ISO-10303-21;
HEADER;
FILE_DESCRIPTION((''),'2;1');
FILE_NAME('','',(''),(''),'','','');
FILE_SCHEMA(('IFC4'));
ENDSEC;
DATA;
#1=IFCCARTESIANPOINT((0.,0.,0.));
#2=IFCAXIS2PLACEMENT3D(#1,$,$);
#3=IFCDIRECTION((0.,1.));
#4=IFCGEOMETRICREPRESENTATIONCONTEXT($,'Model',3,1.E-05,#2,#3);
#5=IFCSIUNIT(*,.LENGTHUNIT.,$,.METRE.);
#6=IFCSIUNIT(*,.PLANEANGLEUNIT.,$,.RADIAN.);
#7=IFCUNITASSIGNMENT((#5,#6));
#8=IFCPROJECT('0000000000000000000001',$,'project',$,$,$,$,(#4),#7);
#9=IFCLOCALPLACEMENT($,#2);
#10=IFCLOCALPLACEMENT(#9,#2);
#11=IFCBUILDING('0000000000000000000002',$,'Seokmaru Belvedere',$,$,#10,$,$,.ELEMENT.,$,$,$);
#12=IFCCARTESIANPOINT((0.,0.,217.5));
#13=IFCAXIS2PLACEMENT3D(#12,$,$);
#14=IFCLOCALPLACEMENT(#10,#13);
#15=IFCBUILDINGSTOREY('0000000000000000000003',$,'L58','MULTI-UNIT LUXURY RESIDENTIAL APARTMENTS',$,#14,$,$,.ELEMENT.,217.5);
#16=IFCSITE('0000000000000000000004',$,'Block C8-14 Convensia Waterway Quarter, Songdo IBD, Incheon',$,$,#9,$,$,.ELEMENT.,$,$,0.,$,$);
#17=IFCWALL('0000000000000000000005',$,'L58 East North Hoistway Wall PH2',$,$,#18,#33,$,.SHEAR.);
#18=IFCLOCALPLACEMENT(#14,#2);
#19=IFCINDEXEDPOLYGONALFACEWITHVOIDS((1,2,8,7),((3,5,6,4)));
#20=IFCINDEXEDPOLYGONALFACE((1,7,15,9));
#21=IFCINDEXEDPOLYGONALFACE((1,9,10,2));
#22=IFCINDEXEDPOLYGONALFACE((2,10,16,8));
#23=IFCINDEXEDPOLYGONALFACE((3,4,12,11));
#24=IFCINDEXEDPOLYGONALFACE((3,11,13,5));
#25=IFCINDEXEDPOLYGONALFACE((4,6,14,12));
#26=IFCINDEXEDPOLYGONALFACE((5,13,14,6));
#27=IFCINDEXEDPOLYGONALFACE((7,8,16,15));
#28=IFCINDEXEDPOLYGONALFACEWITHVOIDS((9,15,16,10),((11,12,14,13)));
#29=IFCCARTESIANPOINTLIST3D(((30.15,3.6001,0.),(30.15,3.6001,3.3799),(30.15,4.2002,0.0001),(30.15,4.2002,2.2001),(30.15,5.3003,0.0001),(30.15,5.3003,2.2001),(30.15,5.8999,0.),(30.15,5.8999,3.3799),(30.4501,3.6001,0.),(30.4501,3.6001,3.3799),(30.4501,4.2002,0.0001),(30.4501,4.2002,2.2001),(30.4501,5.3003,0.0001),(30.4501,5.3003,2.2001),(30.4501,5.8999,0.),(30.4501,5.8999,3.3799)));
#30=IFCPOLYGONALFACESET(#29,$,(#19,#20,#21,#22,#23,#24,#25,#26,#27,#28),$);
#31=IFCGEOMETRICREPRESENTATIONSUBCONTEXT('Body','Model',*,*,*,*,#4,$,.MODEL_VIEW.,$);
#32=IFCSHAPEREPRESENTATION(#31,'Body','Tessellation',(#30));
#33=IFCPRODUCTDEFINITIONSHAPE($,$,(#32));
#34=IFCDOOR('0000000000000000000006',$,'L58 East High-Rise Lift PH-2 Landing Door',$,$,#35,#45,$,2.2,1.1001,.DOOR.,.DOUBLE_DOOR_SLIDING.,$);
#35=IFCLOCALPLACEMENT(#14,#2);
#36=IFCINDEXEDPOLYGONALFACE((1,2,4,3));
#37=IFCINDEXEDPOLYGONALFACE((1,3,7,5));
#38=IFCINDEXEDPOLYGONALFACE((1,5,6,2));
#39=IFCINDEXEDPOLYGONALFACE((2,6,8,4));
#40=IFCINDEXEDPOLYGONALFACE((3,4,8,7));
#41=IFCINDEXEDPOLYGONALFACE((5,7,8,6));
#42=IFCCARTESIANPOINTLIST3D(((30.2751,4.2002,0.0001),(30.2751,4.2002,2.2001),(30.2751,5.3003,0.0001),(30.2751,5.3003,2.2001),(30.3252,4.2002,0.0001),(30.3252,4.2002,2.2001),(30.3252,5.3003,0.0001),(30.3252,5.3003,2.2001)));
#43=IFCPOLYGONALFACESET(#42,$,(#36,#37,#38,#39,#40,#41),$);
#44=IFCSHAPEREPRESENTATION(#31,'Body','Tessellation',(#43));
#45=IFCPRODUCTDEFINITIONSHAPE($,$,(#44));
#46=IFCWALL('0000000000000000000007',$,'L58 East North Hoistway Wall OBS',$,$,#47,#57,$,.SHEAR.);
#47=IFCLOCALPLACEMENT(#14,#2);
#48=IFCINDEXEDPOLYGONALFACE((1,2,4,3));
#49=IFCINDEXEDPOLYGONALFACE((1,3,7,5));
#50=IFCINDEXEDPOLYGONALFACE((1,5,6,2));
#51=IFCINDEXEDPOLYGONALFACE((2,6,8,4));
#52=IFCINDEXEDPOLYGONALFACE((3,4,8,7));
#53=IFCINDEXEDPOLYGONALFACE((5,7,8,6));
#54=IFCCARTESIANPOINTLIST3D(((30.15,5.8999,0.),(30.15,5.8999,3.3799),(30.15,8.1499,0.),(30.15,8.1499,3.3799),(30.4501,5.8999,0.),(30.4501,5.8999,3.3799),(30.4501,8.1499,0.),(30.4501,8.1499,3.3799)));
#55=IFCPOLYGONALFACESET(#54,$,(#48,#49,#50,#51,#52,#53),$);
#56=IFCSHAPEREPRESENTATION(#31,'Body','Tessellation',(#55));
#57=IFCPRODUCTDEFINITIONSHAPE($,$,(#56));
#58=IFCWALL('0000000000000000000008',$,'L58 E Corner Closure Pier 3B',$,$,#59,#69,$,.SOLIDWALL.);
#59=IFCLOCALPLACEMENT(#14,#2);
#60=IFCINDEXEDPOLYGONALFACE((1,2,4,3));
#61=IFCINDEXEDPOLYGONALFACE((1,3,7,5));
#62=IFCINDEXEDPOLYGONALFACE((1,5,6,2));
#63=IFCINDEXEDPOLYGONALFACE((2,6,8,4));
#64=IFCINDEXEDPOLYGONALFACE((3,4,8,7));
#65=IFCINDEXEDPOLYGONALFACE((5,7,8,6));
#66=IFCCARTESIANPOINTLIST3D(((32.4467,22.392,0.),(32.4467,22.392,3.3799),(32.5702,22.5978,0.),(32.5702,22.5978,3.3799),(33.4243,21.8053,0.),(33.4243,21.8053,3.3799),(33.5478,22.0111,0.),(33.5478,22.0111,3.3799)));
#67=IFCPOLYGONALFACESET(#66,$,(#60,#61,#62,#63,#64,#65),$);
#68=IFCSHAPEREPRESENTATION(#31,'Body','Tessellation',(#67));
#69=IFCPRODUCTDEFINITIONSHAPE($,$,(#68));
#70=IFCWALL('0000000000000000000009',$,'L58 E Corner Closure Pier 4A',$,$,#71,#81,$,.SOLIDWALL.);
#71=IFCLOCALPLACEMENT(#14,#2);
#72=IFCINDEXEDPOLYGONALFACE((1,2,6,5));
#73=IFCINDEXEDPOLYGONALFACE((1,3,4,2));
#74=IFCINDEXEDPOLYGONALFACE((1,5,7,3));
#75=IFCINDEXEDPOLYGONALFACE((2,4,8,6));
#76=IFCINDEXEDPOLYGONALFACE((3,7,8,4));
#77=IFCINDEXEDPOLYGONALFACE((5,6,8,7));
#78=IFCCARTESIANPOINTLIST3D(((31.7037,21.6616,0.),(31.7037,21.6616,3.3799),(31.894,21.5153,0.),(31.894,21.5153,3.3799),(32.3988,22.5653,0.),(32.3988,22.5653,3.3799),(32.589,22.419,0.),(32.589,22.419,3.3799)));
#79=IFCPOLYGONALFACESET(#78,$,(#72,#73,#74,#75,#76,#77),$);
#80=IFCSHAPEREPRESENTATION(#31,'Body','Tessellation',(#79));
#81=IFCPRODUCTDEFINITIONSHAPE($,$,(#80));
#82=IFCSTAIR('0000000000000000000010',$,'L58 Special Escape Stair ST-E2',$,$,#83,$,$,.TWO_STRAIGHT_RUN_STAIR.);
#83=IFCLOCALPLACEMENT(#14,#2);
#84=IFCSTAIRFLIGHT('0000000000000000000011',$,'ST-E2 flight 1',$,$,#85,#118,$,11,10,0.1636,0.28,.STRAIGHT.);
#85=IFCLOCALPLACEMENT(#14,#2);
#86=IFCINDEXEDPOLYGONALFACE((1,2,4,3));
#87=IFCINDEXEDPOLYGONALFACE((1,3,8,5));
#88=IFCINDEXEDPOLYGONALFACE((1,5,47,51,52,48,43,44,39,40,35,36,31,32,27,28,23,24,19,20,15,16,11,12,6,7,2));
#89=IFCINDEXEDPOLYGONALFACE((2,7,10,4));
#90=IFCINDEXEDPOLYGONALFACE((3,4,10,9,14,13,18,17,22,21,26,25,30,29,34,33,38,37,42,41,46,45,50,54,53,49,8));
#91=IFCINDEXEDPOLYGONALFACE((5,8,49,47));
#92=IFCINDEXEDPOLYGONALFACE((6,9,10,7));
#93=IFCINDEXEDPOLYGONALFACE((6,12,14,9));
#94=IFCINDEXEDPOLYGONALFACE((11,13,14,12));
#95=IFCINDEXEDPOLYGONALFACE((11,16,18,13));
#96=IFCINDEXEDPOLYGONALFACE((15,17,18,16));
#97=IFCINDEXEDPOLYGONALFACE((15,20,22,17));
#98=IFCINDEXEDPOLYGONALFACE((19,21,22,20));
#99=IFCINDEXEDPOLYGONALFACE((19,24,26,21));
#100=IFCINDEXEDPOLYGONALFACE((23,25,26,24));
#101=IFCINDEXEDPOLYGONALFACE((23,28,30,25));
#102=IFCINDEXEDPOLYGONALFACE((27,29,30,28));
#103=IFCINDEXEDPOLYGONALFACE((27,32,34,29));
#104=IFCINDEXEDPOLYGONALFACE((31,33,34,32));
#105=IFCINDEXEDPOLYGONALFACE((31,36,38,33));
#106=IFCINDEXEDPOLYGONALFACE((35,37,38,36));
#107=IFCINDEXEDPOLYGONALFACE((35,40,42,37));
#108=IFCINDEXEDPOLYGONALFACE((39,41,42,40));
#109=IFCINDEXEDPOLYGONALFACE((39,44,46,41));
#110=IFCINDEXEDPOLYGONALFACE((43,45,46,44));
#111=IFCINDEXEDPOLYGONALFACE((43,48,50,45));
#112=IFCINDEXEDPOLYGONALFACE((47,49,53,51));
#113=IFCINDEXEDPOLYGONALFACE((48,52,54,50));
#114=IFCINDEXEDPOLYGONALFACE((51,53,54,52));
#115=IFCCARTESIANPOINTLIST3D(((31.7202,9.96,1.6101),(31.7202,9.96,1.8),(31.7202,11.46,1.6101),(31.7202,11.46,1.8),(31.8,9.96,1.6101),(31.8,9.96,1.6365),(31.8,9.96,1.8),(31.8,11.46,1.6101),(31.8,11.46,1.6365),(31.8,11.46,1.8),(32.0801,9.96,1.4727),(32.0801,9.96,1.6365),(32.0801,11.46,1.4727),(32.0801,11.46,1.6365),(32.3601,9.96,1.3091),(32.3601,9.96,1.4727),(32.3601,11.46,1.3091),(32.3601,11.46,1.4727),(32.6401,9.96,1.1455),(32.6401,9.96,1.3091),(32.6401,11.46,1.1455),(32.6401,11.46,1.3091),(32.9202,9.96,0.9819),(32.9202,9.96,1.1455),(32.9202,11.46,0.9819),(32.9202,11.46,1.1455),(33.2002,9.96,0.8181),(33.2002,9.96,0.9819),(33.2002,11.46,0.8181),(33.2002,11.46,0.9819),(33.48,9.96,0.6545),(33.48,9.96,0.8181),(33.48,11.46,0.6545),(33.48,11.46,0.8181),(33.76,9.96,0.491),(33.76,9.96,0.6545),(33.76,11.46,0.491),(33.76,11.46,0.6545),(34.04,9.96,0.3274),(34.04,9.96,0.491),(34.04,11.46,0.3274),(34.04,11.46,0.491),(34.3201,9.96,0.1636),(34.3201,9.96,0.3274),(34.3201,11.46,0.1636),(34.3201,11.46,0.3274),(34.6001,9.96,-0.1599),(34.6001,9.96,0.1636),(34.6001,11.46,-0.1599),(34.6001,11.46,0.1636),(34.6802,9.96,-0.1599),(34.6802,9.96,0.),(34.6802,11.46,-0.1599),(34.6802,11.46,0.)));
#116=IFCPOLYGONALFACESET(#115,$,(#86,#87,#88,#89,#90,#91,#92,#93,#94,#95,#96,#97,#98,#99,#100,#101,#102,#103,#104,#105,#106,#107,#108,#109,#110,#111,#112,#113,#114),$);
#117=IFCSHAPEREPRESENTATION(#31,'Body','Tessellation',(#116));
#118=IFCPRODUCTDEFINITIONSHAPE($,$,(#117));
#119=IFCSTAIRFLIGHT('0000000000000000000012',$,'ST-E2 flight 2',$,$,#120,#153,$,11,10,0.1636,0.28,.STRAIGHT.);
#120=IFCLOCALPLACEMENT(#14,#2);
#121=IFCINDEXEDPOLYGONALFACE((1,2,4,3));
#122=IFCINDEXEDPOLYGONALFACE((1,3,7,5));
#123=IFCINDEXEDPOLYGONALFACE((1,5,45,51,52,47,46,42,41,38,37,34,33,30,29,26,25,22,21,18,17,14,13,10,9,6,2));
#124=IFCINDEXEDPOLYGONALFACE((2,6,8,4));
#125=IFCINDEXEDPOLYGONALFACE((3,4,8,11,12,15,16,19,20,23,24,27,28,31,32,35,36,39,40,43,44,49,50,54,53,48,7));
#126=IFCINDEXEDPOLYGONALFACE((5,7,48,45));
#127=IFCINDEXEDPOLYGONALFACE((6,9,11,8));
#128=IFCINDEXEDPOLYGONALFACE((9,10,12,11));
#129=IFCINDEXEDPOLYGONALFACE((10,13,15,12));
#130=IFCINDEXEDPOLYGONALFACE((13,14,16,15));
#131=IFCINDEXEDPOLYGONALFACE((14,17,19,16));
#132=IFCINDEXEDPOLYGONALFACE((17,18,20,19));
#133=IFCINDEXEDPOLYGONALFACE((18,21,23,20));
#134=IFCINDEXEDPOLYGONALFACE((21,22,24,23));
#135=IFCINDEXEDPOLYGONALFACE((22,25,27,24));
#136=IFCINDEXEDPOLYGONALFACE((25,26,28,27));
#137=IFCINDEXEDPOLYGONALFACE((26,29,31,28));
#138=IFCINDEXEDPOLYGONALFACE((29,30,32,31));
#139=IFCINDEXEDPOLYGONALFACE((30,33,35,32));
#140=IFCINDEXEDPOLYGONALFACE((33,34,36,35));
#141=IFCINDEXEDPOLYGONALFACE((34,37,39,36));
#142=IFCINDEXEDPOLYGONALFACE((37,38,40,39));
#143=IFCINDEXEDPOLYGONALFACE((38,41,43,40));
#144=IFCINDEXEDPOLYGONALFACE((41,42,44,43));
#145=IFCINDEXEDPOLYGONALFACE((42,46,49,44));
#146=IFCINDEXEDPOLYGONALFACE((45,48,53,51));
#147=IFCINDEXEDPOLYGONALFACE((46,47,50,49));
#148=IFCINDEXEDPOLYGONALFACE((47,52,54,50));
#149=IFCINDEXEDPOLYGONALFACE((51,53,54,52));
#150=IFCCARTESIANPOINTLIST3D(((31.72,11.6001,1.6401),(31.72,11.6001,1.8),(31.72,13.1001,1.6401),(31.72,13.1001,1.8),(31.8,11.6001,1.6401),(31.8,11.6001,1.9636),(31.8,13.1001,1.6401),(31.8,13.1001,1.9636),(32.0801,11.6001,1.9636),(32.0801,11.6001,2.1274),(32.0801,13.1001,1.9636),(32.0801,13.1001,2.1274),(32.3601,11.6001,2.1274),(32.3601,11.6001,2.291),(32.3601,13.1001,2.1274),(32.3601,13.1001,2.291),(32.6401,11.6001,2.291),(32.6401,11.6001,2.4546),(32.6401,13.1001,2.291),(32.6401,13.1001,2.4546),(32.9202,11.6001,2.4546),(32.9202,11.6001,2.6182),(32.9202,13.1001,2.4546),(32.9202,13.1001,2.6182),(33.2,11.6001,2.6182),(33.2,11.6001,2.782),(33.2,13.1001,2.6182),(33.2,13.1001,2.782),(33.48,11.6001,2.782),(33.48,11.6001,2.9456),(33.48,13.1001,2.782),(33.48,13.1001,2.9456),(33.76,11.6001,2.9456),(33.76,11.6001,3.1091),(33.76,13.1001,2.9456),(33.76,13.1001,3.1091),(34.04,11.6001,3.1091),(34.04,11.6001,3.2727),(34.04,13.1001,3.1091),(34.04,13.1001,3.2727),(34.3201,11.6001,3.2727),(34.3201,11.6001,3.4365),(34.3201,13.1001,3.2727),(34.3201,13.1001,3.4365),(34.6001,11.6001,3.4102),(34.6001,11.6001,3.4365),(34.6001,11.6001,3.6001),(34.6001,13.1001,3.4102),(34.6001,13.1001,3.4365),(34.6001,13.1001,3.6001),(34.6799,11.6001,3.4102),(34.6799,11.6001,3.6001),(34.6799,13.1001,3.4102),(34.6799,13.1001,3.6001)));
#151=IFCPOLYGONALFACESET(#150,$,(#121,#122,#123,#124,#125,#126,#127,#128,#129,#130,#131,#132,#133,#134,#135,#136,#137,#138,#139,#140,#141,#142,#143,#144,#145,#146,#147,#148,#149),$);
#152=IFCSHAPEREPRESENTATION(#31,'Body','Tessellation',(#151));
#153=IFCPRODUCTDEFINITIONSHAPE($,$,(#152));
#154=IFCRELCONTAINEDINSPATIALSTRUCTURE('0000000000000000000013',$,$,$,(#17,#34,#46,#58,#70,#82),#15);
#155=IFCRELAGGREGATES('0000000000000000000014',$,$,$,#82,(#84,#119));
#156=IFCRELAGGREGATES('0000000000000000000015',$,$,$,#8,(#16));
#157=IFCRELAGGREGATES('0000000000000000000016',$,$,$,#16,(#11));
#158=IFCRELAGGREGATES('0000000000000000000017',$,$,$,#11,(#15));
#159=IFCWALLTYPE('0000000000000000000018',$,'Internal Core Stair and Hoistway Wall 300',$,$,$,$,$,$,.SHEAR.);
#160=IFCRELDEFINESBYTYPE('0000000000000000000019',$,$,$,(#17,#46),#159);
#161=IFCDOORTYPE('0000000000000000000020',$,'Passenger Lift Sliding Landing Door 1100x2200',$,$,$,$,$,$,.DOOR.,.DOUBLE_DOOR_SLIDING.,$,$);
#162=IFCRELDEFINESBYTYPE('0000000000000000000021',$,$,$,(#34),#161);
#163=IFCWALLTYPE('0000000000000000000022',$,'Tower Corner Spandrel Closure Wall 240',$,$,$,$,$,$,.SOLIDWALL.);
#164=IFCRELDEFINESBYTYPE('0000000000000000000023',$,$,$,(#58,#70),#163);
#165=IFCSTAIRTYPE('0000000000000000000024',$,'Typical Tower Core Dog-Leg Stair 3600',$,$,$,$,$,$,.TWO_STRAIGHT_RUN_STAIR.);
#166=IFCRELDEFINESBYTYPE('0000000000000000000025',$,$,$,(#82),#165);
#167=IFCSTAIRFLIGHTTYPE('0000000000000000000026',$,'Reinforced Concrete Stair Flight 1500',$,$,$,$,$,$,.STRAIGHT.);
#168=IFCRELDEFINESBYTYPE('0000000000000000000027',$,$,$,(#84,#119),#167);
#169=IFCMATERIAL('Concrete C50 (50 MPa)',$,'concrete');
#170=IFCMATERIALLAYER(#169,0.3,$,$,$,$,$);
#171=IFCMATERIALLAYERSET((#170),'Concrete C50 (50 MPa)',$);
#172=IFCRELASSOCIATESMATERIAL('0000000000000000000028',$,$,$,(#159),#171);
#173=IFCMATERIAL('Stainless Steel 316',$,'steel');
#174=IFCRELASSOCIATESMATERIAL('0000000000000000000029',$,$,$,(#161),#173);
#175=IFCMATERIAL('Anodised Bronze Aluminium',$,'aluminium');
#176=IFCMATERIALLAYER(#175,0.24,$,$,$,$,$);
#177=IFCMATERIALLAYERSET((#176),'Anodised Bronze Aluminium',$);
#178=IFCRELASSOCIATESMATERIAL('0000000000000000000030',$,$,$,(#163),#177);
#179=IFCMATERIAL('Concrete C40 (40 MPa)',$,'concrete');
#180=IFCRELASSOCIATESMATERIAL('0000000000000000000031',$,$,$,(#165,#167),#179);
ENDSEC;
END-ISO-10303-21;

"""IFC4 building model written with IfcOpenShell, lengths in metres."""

from ifc_helpers import new_model, si_unit, direction, frame, frame_2d, origin, place, context, subcontext, project, spatial, polyline, rectangle, outline, extrude, source, transform, mapped, material, layer, layer_set, type_object, type_shapes, element, fill, aggregate, save


model = new_model("IFC4")

# Units and contexts
model_context = context("Model", 3, precision=1e-05, world=origin(), true_north=direction((0.0, 1.0)))
body_context = subcontext(model_context, "Body", "Model", "MODEL_VIEW")
ifc_project = project(units=[si_unit("LENGTHUNIT", "METRE"), si_unit("PLANEANGLEUNIT", "RADIAN")], contexts=[model_context])

# Site, building, storey
site_placement = place(None, origin())
site = spatial("IfcSite", under=ifc_project, at=site_placement, Name="Block C8-14 Convensia Waterway Quarter, Songdo IBD, Incheon", CompositionType="ELEMENT", RefElevation=0.0)
building_placement = place(site_placement, origin())
building = spatial("IfcBuilding", under=site, at=building_placement, Name="Seokmaru Belvedere", CompositionType="ELEMENT")
storey_placement = place(building_placement, frame((0.0, 0.0, 217.5)))
storey = spatial("IfcBuildingStorey", under=building, at=storey_placement, Name="L58", Description="MULTI-UNIT LUXURY RESIDENTIAL APARTMENTS", CompositionType="ELEMENT", Elevation=217.5)

# Shared definitions
ifc_material_1 = material(Name="Anodised Bronze Aluminium", Category="aluminium")

# Wall, opening, door
ifc_material_2 = material(Name="Concrete C50 (50 MPa)", Category="concrete")
ifc_layer_1 = layer(ifc_material_2, 0.3)
ifc_layer_set_1 = layer_set([ifc_layer_1], Name="Concrete C50 (50 MPa)")
wall_type_1 = type_object("IfcWallType", Name="Internal Core Stair and Hoistway Wall 300", PredefinedType="SHEAR", material=ifc_layer_set_1)
ifc_material_3 = material(Name="Stainless Steel 316", Category="steel")
door_type_1 = type_object("IfcDoorType", Name="Passenger Lift Sliding Landing Door 1100x2200", OperationType="DOUBLE_DOOR_SLIDING", PredefinedType="DOOR", material=ifc_material_3)
shared_shape_1 = source(origin(), body_context, "Body", "SweptSolid", [
    extrude(rectangle(XDim=1.1001, YDim=2.2, at=frame_2d((0.55, 1.1001))), frame((0.0, 0.0249, 0.0), z_axis=(0.0, -1.0, 0.0), x_axis=(1.0, 0.0, 0.0)), (0.0, 0.0, 1.0), 0.05),
])
type_shapes(door_type_1, [shared_shape_1])
wall_1_placement = place(storey_placement, frame((30.3, 3.6001, 0.0), z_axis=(0.0, 0.0, 1.0), x_axis=(0.0, 1.0, 0.0)))
wall_1 = element("IfcWall", 1, at=wall_1_placement, inside=storey, type_object=wall_type_1, Name="L58 East North Hoistway Wall PH2", PredefinedType="SHEAR", context=body_context, shape_type="SweptSolid", body=[
    extrude(rectangle(XDim=2.2998, YDim=0.3, at=frame_2d((1.1499, 0.0))), origin(), (0.0, 0.0, 1.0), 3.3799),
])
opening_1_placement = place(wall_1_placement, frame((0.6001, 0.0, 0.0)))
opening_1 = element("IfcOpeningElement", 2, at=opening_1_placement, cuts=wall_1, PredefinedType="OPENING", context=body_context, shape_type="SweptSolid", body=[
    extrude(rectangle(XDim=1.1001, YDim=2.2, at=frame_2d((0.55, 1.1001))), frame((0.0, 0.1602, 0.0), z_axis=(0.0, -1.0, 0.0), x_axis=(1.0, 0.0, 0.0)), (0.0, 0.0, 1.0), 0.3201),
])
door_1_placement = place(opening_1_placement, origin())
door_1 = element("IfcDoor", 3, at=door_1_placement, inside=storey, type_object=door_type_1, Name="L58 East High-Rise Lift PH-2 Landing Door", OperationType="DOUBLE_DOOR_SLIDING", OverallHeight=2.2, OverallWidth=1.1001, PredefinedType="DOOR", context=body_context, shape_type="MappedRepresentation", body=[
    mapped(shared_shape_1, transform((0.0, 0.0, 0.0), scale=1.0)),
])
fill(opening_1, door_1)

# Wall
wall_2_placement = place(storey_placement, frame((30.3, 5.8999, 0.0), z_axis=(0.0, 0.0, 1.0), x_axis=(0.0, 1.0, 0.0)))
element("IfcWall", 4, at=wall_2_placement, inside=storey, type_object=wall_type_1, Name="L58 East North Hoistway Wall OBS", PredefinedType="SHEAR", context=body_context, shape_type="SweptSolid", body=[
    extrude(rectangle(XDim=2.25, YDim=0.3, at=frame_2d((1.125, 0.0))), origin(), (0.0, 0.0, 1.0), 3.3799),
])

# Walls
ifc_layer_2 = layer(ifc_material_1, 0.24)
ifc_layer_set_2 = layer_set([ifc_layer_2], Name="Anodised Bronze Aluminium")
wall_type_2 = type_object("IfcWallType", Name="Tower Corner Spandrel Closure Wall 240", PredefinedType="SOLIDWALL", material=ifc_layer_set_2)
for number, where, z_axis, x_axis, name in (
    (5, (33.4861, 21.9082, 0.0), (0.0, 0.0, 1.0), (-0.857436, 0.51459, 0.0), "L58 E Corner Closure Pier 3B"),
    (6, (32.4939, 22.4922, 0.0), (0.0, 0.0, 1.0), (-0.609618, -0.792696, 0.0), "L58 E Corner Closure Pier 4A"),
):
    element("IfcWall", number, at=place(storey_placement, frame(where, z_axis=z_axis, x_axis=x_axis)), inside=storey, type_object=wall_type_2, Name=name, PredefinedType="SOLIDWALL", context=body_context, shape_type="SweptSolid", body=[
        extrude(rectangle(XDim=1.1401, YDim=0.24, at=frame_2d((0.5701, 0.0))), origin(), (0.0, 0.0, 1.0), 3.3799),
    ])

# Stair, stair flights
ifc_material_4 = material(Name="Concrete C40 (40 MPa)", Category="concrete")
stair_type = type_object("IfcStairType", Name="Typical Tower Core Dog-Leg Stair 3600", PredefinedType="TWO_STRAIGHT_RUN_STAIR", material=ifc_material_4)
stair_placement = place(storey_placement, origin())
stair = element("IfcStair", 7, at=stair_placement, inside=storey, type_object=stair_type, Name="L58 Special Escape Stair ST-E2", PredefinedType="TWO_STRAIGHT_RUN_STAIR")
stair_flight_type = type_object("IfcStairFlightType", Name="Reinforced Concrete Stair Flight 1500", PredefinedType="STRAIGHT", material=ifc_material_4)
stair_flight_1_placement = place(storey_placement, frame((34.6001, 10.71, 0.0), z_axis=(0.0, 0.0, 1.0), x_axis=(-1.0, 0.0, 0.0)))
stair_flight_1 = element("IfcStairFlight", 8, at=stair_flight_1_placement, type_object=stair_flight_type, Name="ST-E2 flight 1", NumberOfRisers=11, NumberOfTreads=10, PredefinedType="STRAIGHT", RiserHeight=0.1636, TreadLength=0.28, context=body_context, shape_type="SweptSolid", body=[
    extrude(outline(polyline([(-0.0801, 0.0), (0.0, 0.1636), (0.28, 0.1636), (0.28, 0.3274), (0.5601, 0.3274), (0.5601, 0.491), (0.8401, 0.491), (0.8401, 0.6545), (1.1201, 0.6545), (1.1201, 0.8181), (1.3999, 0.8181), (1.3999, 0.9819), (1.6799, 0.9819), (1.6799, 1.1455), (1.96, 1.1455), (1.96, 1.3091), (2.24, 1.3091), (2.24, 1.4727), (2.52, 1.4727), (2.52, 1.6365), (2.8, 1.6365), (2.8, 1.8), (2.8799, 1.8), (2.8799, 1.6101), (2.8, 1.6101), (0.0, -0.1599), (-0.0801, -0.1599), (-0.0801, 0.0)])), frame((0.0, 0.75, 0.0), z_axis=(0.0, -1.0, 0.0), x_axis=(1.0, 0.0, 0.0)), (0.0, 0.0, 1.0), 1.5),
])
stair_flight_2_placement = place(storey_placement, frame((31.8, 12.3501, 1.8), z_axis=(0.0, 0.0, 1.0), x_axis=(1.0, 0.0, 0.0)))
stair_flight_2 = element("IfcStairFlight", 9, at=stair_flight_2_placement, type_object=stair_flight_type, Name="ST-E2 flight 2", NumberOfRisers=11, NumberOfTreads=10, PredefinedType="STRAIGHT", RiserHeight=0.1636, TreadLength=0.28, context=body_context, shape_type="SweptSolid", body=[
    extrude(outline(polyline([(-0.0801, 0.0), (0.0, 0.1636), (0.28, 0.1636), (0.28, 0.3274), (0.5601, 0.3274), (0.5601, 0.491), (0.8401, 0.491), (0.8401, 0.6545), (1.1201, 0.6545), (1.1201, 0.8181), (1.3999, 0.8181), (1.3999, 0.9819), (1.6799, 0.9819), (1.6799, 1.1455), (1.96, 1.1455), (1.96, 1.3091), (2.24, 1.3091), (2.24, 1.4727), (2.52, 1.4727), (2.52, 1.6365), (2.8, 1.6365), (2.8, 1.8), (2.8799, 1.8), (2.8799, 1.6101), (2.8, 1.6101), (0.0, -0.1599), (-0.0801, -0.1599), (-0.0801, 0.0)])), frame((0.0, 0.75, 0.0), z_axis=(0.0, -1.0, 0.0), x_axis=(1.0, 0.0, 0.0)), (0.0, 0.0, 1.0), 1.5),
])
aggregate(stair, [stair_flight_1, stair_flight_2])

save(model, "model.ifc")
